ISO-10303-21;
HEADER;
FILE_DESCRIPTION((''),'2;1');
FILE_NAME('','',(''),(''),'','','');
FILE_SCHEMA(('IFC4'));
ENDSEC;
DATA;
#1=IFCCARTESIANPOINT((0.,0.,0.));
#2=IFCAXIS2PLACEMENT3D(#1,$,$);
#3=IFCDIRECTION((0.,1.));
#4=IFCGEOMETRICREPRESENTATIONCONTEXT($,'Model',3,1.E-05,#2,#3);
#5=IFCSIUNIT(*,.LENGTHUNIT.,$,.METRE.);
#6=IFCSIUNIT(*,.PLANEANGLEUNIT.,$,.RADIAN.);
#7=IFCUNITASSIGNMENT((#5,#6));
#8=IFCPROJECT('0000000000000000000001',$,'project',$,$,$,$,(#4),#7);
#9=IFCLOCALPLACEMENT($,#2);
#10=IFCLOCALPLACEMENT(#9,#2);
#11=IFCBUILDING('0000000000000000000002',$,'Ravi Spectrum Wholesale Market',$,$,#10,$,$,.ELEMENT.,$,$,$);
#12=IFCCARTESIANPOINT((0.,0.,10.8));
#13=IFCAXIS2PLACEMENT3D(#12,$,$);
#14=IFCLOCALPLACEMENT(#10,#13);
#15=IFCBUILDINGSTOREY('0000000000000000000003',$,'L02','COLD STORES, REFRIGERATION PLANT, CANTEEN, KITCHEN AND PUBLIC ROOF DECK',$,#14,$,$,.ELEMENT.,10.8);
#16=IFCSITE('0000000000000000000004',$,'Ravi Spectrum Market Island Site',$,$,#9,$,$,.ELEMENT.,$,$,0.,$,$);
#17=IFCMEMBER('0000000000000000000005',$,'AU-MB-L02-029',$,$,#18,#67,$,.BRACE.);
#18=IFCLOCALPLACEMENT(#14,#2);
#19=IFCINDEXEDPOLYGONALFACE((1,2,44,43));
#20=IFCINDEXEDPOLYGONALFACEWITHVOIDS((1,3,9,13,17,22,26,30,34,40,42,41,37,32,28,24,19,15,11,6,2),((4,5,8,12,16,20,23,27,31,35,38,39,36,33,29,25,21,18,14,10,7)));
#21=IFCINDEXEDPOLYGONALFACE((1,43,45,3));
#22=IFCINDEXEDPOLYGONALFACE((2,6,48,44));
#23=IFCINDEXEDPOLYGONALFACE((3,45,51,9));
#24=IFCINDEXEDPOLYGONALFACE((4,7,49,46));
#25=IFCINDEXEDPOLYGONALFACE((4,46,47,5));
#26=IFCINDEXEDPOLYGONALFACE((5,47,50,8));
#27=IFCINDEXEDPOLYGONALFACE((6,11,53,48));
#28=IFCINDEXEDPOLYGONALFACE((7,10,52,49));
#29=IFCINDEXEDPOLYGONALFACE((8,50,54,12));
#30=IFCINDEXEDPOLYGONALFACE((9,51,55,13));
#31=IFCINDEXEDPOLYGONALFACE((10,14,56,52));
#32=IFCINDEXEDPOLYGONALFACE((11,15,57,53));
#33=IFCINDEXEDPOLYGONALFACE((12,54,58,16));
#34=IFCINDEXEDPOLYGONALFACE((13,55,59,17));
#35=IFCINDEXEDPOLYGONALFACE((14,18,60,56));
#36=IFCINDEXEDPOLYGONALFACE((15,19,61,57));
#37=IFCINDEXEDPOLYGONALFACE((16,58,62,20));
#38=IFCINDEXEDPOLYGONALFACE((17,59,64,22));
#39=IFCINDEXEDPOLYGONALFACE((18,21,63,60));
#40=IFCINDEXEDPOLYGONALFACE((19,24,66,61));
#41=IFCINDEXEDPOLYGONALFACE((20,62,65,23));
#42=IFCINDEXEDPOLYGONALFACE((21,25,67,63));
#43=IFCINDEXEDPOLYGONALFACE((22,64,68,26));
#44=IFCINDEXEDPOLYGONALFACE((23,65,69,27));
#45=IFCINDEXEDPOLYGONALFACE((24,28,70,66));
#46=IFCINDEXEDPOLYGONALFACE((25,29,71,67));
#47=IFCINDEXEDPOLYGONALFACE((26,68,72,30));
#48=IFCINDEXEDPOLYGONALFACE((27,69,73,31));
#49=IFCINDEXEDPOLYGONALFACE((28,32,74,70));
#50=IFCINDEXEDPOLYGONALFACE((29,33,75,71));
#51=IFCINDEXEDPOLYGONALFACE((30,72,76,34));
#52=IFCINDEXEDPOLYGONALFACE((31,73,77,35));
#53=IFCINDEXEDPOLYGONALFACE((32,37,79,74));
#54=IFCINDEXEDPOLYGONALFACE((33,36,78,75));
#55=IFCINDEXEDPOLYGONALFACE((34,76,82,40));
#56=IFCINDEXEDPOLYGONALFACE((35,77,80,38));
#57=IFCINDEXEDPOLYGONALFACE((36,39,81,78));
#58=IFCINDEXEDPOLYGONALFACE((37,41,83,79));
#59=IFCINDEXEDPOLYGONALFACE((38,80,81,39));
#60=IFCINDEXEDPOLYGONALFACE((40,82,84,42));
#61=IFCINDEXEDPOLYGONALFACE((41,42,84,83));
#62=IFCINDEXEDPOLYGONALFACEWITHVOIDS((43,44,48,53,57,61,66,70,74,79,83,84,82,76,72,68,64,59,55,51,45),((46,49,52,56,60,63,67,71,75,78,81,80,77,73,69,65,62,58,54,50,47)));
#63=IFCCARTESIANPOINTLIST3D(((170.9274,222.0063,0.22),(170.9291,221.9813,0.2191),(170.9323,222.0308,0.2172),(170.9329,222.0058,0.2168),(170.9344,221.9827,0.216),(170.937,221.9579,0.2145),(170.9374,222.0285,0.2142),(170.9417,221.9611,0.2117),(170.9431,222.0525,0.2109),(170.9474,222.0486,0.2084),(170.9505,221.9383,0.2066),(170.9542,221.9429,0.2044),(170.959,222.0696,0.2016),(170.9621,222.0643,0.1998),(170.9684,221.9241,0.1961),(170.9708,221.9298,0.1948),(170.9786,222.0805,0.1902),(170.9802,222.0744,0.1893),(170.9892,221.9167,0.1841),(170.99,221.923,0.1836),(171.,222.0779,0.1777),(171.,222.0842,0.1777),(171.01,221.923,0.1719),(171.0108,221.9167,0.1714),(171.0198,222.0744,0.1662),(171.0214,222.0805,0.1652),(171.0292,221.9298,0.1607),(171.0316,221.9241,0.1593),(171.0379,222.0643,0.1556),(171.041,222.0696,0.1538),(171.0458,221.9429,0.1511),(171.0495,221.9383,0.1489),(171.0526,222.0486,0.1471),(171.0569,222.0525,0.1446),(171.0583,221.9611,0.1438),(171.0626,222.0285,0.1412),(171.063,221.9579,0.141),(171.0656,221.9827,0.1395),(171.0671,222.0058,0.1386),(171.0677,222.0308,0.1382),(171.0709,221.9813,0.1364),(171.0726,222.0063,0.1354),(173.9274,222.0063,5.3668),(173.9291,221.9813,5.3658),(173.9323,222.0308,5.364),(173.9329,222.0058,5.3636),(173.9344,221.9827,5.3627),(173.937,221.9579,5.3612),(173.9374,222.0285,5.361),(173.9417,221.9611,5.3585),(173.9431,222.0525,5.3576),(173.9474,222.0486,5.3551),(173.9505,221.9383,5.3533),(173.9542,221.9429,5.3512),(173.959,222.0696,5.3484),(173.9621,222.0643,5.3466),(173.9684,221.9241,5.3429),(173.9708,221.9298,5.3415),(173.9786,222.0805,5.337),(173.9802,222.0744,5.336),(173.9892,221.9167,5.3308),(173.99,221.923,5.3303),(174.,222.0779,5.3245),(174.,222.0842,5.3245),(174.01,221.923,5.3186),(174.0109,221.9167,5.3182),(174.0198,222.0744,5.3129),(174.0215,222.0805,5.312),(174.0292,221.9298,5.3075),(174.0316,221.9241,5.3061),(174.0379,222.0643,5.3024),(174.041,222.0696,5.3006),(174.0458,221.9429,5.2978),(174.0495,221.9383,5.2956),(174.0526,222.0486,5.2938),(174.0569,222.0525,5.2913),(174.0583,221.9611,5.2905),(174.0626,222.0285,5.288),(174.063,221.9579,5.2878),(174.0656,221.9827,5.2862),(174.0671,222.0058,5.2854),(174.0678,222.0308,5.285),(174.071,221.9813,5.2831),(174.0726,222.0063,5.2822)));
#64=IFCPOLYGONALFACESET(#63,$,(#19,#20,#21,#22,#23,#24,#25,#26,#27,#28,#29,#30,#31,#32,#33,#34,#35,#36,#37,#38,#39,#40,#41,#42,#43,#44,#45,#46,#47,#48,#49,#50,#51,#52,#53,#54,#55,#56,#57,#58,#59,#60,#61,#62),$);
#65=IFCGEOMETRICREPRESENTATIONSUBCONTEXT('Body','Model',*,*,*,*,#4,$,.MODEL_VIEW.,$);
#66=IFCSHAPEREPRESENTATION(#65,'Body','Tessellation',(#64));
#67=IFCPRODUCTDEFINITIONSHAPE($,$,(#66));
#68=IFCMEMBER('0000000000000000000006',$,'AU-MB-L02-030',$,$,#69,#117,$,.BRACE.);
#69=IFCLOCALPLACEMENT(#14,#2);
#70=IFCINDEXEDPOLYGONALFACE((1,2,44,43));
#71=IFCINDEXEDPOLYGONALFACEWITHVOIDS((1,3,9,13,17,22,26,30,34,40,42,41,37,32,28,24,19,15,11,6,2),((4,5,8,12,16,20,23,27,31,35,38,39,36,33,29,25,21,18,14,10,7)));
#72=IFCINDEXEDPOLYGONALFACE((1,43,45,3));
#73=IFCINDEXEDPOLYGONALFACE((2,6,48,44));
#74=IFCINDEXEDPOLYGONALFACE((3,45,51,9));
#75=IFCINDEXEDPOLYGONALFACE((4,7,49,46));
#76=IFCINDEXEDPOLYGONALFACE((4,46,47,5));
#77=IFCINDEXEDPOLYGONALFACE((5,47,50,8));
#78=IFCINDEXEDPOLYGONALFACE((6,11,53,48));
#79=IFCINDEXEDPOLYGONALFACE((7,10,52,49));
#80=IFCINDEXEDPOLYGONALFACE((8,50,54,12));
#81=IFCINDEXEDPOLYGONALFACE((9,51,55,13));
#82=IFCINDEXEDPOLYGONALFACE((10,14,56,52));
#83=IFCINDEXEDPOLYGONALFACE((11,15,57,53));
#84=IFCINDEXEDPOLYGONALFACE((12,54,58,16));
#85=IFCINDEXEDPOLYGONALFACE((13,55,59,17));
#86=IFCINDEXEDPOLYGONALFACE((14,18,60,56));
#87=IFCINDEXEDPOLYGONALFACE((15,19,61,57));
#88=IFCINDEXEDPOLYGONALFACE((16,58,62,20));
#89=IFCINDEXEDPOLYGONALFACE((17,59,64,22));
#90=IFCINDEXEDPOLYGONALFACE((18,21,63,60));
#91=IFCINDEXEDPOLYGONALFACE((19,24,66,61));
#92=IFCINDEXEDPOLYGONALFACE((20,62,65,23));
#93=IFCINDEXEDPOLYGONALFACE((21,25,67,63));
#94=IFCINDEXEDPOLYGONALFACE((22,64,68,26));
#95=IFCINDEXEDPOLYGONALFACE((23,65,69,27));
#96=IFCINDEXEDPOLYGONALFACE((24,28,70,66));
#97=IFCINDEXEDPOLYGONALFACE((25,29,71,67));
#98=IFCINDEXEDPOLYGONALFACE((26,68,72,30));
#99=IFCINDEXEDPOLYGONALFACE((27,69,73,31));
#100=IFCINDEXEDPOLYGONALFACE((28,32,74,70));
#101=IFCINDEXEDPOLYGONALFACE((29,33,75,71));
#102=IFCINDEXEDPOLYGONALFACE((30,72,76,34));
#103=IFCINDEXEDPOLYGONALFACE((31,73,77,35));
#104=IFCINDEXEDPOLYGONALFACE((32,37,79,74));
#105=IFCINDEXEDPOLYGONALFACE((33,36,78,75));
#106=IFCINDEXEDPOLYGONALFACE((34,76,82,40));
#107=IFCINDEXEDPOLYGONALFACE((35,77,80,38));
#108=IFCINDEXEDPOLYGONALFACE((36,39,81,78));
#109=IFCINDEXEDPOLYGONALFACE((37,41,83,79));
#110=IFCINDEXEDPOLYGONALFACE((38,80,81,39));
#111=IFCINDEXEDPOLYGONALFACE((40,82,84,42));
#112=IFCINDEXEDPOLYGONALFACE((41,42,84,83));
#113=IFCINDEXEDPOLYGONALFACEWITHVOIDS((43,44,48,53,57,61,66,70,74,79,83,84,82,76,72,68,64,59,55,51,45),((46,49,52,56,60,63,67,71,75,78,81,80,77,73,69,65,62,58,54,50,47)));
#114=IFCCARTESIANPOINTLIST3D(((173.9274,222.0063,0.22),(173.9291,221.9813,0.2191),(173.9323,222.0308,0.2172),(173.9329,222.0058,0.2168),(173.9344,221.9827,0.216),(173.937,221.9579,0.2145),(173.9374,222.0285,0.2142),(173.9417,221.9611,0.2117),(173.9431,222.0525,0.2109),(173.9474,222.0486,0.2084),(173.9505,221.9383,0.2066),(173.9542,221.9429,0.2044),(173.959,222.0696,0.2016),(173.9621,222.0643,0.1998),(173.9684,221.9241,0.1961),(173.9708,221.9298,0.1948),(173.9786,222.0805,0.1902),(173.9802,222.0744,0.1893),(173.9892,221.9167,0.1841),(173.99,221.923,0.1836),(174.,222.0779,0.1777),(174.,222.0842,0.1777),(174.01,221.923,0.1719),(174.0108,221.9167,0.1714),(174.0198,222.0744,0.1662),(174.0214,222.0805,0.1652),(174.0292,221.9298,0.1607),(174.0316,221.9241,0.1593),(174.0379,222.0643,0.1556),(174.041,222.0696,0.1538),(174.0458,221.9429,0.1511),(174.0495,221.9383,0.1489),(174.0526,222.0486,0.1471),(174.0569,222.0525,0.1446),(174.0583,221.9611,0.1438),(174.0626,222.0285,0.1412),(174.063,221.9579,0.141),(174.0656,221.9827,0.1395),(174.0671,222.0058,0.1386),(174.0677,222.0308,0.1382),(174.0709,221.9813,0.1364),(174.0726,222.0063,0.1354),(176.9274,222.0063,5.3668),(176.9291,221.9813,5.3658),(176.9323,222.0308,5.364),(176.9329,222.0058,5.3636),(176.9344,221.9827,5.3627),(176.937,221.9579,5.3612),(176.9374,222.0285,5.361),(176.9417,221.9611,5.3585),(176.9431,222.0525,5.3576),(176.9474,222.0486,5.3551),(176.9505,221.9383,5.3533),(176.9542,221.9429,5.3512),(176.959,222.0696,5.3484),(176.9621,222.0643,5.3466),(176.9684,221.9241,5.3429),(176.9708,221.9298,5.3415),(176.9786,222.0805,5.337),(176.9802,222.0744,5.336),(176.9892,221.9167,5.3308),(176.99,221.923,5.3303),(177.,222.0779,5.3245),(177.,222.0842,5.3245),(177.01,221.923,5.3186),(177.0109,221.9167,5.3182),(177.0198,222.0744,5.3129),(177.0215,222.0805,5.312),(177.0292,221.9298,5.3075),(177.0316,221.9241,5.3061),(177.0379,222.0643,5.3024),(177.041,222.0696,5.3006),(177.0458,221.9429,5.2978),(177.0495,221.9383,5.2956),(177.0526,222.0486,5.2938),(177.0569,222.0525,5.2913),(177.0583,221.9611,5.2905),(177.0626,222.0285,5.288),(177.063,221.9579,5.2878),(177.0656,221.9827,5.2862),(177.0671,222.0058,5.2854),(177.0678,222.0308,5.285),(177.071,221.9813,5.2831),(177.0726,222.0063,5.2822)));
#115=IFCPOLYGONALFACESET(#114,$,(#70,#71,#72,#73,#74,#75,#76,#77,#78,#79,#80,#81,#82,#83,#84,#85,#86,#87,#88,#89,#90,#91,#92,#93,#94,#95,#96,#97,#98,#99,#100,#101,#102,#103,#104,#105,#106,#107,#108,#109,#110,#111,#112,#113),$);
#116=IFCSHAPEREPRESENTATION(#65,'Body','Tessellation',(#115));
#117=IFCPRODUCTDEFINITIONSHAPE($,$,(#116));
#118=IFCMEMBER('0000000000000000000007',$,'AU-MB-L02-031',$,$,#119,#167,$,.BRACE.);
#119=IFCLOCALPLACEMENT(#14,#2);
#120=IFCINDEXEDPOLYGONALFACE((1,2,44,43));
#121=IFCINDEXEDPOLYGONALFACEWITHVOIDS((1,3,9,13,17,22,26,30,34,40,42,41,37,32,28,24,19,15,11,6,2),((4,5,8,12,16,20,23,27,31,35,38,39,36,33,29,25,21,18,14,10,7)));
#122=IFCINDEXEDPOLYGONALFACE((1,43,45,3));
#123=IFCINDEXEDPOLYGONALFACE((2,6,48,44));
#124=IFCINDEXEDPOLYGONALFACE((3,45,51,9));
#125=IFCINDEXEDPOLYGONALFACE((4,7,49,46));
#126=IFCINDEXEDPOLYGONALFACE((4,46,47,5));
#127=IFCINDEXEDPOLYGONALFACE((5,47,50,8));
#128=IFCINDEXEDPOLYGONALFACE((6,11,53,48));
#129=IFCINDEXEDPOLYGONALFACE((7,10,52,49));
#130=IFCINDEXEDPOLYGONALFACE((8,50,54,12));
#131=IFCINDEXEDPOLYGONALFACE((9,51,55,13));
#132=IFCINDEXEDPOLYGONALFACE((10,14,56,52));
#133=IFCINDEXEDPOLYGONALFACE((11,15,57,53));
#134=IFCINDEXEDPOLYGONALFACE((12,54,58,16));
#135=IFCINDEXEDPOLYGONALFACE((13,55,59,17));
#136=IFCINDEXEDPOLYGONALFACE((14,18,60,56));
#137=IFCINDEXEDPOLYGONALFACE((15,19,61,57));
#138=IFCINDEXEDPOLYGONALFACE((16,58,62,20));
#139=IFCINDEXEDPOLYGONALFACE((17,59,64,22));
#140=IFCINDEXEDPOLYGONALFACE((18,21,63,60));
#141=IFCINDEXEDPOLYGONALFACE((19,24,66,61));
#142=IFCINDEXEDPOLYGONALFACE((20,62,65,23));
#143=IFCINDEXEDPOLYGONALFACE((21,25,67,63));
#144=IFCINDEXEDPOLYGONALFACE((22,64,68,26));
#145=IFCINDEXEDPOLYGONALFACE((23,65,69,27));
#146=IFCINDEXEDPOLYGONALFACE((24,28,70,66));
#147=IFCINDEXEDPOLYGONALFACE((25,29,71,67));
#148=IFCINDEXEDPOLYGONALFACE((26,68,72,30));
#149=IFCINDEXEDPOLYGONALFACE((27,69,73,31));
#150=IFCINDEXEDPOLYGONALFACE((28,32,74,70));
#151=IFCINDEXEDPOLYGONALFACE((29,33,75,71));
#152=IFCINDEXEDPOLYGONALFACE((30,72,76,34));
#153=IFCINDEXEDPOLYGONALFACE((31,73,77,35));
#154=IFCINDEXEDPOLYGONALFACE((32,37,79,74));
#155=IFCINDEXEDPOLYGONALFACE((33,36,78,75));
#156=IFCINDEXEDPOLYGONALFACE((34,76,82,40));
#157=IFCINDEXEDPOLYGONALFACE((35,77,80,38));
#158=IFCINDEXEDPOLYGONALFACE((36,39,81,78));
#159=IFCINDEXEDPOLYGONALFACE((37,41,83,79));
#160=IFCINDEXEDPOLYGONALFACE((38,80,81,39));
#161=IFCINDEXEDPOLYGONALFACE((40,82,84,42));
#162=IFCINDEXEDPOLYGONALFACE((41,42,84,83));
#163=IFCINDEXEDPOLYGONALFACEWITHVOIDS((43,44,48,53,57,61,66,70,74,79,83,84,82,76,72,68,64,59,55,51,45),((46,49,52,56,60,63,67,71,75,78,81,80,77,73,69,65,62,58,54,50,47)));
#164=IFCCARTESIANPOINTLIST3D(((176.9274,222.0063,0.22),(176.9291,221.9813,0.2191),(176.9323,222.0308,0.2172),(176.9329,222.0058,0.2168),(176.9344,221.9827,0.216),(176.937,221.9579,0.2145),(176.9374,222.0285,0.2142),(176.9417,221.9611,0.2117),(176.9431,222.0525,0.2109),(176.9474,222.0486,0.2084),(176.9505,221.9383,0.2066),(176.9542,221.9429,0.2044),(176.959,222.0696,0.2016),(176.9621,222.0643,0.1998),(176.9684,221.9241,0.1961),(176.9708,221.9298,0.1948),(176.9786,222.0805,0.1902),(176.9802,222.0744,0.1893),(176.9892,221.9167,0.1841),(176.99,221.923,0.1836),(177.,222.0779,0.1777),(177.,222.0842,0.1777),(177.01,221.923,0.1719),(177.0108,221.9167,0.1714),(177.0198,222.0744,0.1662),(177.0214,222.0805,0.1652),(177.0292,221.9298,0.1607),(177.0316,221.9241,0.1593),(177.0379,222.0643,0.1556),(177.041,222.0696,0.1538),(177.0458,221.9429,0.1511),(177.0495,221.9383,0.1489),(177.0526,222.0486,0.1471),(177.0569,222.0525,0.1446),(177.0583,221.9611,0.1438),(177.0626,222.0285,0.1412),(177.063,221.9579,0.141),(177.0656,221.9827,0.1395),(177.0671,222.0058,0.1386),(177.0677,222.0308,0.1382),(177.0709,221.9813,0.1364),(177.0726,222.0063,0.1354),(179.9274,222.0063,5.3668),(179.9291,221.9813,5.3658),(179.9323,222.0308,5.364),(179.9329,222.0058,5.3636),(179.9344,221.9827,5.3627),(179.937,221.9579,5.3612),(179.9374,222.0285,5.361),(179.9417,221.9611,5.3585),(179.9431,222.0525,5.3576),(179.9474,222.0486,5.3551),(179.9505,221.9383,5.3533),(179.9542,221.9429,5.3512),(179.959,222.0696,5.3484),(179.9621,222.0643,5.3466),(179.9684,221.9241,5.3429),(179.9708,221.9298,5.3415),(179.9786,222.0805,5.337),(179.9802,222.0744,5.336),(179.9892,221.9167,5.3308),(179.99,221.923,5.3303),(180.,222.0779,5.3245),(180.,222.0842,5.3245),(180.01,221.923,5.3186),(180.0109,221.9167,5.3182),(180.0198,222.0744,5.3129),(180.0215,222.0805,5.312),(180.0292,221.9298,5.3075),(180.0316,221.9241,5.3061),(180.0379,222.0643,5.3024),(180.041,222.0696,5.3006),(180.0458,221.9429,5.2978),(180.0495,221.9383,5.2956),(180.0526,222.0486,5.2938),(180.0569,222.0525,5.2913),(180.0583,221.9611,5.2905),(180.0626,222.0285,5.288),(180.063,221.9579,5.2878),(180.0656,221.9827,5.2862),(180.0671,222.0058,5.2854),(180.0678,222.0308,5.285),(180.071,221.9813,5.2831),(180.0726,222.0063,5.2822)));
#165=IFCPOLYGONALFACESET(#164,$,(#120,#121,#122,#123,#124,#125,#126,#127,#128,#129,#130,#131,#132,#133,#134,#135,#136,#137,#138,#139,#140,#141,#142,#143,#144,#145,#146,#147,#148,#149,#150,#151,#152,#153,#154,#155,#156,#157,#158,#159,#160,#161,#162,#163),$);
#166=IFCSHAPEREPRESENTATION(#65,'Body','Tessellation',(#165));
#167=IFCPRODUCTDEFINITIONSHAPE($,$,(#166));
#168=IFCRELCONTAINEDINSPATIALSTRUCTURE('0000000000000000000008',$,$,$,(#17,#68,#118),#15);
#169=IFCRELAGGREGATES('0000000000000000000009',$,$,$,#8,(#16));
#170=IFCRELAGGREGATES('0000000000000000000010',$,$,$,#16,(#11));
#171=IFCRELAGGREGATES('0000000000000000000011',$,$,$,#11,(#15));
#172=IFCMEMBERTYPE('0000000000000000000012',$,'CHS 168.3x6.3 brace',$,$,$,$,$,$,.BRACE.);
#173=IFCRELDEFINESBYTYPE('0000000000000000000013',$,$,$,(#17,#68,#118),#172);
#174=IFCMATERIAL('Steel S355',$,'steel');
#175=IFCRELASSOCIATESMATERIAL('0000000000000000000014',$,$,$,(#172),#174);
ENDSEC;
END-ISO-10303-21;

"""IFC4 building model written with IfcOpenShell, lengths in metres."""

from ifc_helpers import new_model, si_unit, direction, frame, origin, origin_2d, place, context, subcontext, project, spatial, hollow_circle, extrude, material, material_profile, profile_set, type_object, element, save


model = new_model("IFC4")

# Units and contexts
model_context = context("Model", 3, precision=1e-05, world=origin(), true_north=direction((0.0, 1.0)))
body_context = subcontext(model_context, "Body", "Model", "MODEL_VIEW")
ifc_project = project(units=[si_unit("LENGTHUNIT", "METRE"), si_unit("PLANEANGLEUNIT", "RADIAN")], contexts=[model_context])

# Site, building, storey
site_placement = place(None, origin())
site = spatial("IfcSite", under=ifc_project, at=site_placement, Name="Ravi Spectrum Market Island Site", CompositionType="ELEMENT", RefElevation=0.0)
building_placement = place(site_placement, origin())
building = spatial("IfcBuilding", under=site, at=building_placement, Name="Ravi Spectrum Wholesale Market", CompositionType="ELEMENT")
storey_placement = place(building_placement, frame((0.0, 0.0, 10.8)))
storey = spatial("IfcBuildingStorey", under=building, at=storey_placement, Name="L02", Description="COLD STORES, REFRIGERATION PLANT, CANTEEN, KITCHEN AND PUBLIC ROOF DECK", CompositionType="ELEMENT", Elevation=10.8)

# Members
ifc_material_1 = material(Name="Steel S355", Category="steel")
ifc_material_profile_1 = material_profile(ifc_material_1, hollow_circle(Radius=0.0842, WallThickness=0.0063, at=origin_2d()))
ifc_profile_set_1 = profile_set([ifc_material_profile_1], Name="Steel S355")
member_type_1 = type_object("IfcMemberType", Name="CHS 168.3x6.3 brace", PredefinedType="BRACE", material=ifc_profile_set_1)
for number, where, z_axis, x_axis, name in (
    (1, (171.0, 222.0, 0.1777), (0.503588, 0.0, 0.863944), (0.0, 1.0, 0.0), "AU-MB-L02-029"),
    (2, (174.0, 222.0, 0.1777), (0.503588, 0.0, 0.863944), (0.0, 1.0, 0.0), "AU-MB-L02-030"),
    (3, (177.0, 222.0, 0.1777), (0.503588, 0.0, 0.863944), (0.0, 1.0, 0.0), "AU-MB-L02-031"),
):
    element("IfcMember", number, at=place(storey_placement, frame(where, z_axis=z_axis, x_axis=x_axis)), inside=storey, type_object=member_type_1, Name=name, PredefinedType="BRACE", context=body_context, shape_type="SweptSolid", body=[
        extrude(hollow_circle(Radius=0.0842, WallThickness=0.0063, at=origin_2d()), origin(), (0.0, 0.0, 1.0), 5.9573),
    ])

save(model, "model.ifc")
